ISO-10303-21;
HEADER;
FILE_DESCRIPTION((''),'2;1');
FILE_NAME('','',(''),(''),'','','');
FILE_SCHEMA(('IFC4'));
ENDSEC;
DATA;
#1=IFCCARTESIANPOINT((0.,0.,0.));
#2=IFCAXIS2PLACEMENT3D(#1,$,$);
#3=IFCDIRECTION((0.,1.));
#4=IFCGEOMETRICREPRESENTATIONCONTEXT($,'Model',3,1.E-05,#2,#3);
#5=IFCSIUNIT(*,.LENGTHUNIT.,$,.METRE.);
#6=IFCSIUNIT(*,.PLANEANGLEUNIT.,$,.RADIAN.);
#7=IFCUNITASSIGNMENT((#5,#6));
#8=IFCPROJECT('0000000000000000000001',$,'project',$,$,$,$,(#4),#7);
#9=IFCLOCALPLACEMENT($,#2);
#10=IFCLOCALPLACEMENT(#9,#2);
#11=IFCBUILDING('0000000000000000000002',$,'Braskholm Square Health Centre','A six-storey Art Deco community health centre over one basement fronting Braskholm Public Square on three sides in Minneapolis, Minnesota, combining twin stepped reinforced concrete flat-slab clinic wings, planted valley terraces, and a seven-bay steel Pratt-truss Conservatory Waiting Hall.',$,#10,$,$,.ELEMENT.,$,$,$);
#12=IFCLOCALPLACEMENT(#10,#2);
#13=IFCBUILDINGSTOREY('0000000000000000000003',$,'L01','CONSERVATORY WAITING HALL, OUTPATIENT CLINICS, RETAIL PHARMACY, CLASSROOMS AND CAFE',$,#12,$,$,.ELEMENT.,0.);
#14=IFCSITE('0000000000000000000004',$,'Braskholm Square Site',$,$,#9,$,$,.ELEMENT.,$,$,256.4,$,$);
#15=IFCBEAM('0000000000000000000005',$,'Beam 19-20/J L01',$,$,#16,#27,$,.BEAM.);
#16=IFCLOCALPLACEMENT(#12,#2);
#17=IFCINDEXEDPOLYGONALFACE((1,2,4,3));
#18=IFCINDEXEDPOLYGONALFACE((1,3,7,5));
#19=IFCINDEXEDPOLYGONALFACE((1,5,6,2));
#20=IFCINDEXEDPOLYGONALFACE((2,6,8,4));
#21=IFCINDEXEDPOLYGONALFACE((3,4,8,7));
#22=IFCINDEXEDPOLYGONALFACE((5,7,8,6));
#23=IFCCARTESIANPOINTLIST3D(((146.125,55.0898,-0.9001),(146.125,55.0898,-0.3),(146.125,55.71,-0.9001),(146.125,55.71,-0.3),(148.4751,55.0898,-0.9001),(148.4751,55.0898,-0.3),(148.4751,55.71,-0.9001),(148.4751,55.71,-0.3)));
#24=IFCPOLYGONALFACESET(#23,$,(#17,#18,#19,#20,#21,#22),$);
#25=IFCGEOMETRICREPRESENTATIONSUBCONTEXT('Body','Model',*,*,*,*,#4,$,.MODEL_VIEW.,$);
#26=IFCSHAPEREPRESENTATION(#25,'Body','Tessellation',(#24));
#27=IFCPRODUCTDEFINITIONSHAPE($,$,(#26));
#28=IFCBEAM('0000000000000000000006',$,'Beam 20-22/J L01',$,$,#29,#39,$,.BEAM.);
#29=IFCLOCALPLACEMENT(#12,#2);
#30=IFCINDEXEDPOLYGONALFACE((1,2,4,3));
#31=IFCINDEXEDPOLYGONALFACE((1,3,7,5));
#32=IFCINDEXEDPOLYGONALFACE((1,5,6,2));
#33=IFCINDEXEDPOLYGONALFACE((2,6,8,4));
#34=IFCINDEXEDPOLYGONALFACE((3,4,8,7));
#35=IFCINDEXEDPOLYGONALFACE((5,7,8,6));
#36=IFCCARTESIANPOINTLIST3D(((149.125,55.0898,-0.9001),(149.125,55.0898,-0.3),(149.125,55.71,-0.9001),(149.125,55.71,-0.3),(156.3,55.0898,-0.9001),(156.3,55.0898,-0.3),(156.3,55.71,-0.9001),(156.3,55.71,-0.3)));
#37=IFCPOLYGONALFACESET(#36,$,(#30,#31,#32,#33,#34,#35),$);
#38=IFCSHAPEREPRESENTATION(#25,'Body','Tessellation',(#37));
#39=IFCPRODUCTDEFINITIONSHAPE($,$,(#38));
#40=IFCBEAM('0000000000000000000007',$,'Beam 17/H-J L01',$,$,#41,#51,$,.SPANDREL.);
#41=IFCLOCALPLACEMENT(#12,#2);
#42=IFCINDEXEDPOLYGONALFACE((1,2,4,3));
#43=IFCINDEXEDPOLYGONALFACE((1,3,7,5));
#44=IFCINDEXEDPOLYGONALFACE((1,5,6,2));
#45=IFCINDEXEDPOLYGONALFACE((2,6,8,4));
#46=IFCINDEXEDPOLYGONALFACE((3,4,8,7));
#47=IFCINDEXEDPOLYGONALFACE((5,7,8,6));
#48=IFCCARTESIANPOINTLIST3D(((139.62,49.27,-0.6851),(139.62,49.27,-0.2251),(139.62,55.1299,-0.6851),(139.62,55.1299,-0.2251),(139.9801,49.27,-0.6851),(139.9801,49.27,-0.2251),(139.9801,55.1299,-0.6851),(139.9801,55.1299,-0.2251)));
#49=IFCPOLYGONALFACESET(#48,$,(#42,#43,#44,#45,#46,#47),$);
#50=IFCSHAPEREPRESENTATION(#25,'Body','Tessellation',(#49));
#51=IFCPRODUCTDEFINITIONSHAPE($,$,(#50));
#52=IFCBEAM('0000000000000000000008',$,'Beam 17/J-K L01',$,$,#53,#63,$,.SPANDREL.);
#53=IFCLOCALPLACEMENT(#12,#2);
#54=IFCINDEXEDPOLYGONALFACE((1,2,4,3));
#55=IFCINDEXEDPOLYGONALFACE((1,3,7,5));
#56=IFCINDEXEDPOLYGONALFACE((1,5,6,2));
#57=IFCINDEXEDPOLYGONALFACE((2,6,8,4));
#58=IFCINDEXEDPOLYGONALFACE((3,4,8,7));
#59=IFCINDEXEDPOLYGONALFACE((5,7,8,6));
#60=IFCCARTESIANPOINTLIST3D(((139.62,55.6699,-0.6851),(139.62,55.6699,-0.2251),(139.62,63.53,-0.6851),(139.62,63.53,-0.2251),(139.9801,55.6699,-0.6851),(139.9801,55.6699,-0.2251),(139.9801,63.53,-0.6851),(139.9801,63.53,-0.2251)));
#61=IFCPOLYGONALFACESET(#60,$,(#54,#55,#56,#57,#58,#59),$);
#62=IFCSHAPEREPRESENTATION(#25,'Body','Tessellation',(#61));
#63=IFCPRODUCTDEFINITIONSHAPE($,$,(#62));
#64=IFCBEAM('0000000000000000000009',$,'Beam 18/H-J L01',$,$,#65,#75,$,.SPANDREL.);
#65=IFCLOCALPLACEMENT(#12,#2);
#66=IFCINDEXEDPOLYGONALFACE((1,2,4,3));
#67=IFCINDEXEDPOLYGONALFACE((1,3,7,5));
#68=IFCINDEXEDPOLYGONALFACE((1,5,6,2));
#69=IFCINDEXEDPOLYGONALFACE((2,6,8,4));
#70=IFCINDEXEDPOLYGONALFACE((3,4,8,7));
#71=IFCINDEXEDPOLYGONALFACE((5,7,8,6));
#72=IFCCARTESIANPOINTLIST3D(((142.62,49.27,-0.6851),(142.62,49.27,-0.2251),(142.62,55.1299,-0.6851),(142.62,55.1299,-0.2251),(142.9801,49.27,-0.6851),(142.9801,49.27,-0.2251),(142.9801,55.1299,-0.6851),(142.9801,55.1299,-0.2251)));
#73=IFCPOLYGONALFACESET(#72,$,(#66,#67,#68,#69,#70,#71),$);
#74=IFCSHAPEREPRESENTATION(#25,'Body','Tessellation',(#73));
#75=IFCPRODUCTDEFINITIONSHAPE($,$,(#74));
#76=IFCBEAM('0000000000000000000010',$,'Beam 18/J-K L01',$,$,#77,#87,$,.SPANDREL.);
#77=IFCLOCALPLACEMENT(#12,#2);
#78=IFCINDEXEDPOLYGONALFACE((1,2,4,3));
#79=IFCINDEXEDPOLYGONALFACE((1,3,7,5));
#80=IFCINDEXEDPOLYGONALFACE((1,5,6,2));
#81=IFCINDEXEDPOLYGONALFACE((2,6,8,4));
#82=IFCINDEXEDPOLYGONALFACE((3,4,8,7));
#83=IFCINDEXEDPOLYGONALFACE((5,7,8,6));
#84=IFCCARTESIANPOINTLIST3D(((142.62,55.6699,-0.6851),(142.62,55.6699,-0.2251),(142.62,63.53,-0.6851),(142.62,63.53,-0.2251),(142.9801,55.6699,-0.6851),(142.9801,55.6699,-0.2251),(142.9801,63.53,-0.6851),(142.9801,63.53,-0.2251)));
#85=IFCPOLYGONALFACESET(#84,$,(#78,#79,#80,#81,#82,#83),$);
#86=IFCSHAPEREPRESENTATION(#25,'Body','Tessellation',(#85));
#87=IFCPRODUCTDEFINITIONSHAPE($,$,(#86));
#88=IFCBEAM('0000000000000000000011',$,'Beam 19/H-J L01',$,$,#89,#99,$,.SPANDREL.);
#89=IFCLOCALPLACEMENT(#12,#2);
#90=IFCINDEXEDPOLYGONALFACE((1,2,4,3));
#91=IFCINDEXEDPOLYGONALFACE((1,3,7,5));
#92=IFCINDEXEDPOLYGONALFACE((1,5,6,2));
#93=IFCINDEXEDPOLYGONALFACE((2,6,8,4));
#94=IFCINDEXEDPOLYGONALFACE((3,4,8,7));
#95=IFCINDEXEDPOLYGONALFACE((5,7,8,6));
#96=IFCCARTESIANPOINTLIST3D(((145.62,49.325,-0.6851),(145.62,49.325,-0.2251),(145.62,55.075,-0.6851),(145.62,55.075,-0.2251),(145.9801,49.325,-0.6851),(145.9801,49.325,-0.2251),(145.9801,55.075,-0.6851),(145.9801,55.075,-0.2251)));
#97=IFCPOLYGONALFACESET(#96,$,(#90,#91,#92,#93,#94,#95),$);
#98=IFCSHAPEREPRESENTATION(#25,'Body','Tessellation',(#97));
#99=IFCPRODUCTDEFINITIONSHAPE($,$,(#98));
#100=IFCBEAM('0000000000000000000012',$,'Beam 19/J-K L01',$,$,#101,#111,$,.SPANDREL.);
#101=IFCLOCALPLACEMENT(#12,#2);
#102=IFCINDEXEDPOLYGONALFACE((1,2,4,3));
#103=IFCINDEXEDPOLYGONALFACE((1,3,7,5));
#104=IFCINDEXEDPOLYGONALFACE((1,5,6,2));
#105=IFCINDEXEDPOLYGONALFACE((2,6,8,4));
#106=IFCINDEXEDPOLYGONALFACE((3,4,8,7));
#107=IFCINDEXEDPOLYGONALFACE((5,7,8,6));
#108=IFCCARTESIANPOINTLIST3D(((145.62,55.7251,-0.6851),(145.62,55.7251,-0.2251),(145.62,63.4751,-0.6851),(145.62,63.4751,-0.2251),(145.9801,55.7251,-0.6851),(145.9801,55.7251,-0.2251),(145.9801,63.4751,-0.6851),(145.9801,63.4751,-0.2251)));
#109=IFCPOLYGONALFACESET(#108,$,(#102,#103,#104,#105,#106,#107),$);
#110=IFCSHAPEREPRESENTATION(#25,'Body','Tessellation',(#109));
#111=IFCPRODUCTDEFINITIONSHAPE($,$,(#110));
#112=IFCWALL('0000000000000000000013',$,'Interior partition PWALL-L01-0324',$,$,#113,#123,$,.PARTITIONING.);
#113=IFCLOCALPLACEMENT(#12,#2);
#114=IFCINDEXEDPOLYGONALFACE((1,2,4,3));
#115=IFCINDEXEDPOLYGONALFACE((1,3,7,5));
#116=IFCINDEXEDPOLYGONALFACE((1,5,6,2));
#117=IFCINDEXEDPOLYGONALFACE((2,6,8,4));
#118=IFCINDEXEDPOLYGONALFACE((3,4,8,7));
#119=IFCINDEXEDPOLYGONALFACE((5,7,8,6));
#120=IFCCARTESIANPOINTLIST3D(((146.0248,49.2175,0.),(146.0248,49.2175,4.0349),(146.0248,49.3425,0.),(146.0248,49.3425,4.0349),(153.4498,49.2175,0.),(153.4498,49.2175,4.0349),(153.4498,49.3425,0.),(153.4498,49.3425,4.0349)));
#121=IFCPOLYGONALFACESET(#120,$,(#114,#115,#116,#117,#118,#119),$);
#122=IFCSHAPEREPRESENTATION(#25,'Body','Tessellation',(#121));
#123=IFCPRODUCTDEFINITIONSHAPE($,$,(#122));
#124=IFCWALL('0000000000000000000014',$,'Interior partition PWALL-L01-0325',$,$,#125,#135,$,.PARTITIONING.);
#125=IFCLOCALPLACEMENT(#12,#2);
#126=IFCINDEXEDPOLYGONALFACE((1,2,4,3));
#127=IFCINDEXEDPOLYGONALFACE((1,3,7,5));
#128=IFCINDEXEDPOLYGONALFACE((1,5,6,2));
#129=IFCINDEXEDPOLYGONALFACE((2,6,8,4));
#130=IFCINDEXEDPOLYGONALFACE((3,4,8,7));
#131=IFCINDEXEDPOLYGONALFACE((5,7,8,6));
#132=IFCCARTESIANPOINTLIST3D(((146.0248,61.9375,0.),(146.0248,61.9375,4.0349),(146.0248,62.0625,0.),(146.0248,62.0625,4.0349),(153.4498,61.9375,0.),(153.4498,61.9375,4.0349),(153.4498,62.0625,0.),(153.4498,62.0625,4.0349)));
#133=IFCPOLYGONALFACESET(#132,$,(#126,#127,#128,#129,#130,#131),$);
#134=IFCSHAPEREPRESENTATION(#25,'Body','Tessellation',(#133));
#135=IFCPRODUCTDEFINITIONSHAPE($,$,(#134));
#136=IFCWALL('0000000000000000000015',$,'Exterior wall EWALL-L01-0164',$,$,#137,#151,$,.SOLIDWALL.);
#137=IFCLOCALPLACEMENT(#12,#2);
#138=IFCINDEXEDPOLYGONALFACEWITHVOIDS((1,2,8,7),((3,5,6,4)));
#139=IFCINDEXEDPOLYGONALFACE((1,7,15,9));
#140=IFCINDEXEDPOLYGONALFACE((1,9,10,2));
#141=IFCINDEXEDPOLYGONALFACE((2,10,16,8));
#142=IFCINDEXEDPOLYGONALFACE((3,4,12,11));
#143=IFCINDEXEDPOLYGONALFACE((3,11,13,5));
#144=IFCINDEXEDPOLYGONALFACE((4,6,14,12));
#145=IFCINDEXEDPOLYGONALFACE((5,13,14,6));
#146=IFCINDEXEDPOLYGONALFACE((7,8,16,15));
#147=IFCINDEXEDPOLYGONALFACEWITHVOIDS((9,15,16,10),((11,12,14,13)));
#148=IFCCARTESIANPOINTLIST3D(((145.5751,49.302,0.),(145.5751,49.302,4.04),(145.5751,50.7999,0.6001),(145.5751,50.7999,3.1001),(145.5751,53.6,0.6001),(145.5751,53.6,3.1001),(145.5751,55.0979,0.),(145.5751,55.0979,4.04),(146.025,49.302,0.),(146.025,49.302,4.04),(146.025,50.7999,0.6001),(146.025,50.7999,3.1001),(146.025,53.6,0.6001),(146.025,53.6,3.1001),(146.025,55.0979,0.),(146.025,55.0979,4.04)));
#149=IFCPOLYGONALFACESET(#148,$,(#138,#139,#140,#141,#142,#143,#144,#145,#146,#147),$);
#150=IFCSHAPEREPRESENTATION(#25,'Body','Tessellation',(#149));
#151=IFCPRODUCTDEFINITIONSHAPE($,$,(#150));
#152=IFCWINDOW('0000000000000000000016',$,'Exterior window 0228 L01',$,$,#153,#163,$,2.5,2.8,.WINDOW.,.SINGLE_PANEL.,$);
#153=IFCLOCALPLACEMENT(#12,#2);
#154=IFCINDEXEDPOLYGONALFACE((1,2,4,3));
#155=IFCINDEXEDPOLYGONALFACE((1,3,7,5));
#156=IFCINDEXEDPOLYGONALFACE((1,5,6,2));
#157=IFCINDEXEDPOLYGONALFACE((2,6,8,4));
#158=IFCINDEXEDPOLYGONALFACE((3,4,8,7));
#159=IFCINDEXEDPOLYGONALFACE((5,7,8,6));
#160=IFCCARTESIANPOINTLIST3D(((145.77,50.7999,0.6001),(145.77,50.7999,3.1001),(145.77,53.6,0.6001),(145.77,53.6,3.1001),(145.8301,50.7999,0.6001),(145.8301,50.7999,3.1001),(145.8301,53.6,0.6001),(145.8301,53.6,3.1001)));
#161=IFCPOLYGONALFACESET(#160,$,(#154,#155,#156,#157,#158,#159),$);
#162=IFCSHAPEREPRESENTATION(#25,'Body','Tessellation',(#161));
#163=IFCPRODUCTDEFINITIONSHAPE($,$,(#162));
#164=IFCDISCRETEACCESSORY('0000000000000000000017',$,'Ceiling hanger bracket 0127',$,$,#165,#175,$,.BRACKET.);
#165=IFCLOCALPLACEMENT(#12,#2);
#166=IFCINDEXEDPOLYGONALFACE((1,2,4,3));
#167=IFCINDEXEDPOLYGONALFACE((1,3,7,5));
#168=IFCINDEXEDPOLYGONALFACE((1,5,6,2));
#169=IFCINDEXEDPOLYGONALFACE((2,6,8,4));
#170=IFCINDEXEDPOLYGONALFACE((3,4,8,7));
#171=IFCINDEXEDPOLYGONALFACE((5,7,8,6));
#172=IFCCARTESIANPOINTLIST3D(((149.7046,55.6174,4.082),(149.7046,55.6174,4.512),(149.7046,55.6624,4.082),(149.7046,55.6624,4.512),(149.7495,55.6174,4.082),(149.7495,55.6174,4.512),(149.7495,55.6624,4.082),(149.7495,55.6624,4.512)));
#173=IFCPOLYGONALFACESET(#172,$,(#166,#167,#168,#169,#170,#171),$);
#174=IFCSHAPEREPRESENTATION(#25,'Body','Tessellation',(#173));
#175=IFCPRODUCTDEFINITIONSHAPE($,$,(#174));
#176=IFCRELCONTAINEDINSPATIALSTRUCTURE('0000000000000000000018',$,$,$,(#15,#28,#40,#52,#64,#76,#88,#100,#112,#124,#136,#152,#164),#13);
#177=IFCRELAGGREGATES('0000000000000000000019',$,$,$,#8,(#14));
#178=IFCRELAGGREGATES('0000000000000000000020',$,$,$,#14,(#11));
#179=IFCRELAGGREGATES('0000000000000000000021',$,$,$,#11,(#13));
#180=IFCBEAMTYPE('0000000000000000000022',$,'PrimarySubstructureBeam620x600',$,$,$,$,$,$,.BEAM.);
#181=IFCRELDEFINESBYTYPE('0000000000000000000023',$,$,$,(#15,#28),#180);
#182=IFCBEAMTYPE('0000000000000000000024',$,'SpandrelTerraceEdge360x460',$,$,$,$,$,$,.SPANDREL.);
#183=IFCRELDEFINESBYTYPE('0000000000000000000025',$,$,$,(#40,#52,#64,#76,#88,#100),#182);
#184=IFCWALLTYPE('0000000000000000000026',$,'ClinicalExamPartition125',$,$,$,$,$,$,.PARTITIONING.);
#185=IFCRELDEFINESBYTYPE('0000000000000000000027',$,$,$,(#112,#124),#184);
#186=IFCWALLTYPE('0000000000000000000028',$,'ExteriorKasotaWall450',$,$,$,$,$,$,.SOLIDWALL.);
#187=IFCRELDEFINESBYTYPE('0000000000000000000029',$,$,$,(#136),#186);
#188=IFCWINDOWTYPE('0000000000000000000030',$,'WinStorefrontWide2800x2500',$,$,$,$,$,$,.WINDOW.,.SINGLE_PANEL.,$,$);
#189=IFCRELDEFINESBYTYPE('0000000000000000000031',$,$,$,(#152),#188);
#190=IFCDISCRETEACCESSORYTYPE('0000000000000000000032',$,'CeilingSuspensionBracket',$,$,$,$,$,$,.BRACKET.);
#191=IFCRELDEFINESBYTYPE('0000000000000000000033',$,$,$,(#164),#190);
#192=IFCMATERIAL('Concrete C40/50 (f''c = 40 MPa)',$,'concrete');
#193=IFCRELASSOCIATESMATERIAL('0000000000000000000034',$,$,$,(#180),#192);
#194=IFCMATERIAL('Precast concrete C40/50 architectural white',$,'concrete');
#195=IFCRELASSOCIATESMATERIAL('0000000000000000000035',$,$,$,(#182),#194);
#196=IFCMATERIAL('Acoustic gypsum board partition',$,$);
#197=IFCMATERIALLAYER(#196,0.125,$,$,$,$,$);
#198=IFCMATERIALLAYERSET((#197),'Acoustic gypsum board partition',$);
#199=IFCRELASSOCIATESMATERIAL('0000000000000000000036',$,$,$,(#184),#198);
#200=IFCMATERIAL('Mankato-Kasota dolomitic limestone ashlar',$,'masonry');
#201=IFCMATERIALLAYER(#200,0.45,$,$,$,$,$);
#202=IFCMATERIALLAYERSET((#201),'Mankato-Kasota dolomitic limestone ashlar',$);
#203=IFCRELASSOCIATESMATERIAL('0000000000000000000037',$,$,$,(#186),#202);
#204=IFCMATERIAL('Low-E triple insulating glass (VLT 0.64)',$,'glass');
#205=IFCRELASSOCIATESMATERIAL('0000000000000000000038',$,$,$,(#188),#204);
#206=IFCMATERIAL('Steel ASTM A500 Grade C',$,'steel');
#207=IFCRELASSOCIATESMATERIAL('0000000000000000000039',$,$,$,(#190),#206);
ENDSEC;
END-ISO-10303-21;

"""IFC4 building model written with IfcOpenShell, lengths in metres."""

from ifc_helpers import new_model, si_unit, direction, frame, frame_2d, origin, origin_with_axes, origin_2d, place, context, subcontext, project, spatial, rectangle, extrude, material, layer, layer_set, material_profile, profile_set, type_object, element, fill, save


model = new_model("IFC4")

# Units and contexts
model_context = context("Model", 3, precision=1e-05, world=origin(), true_north=direction((0.0, 1.0)))
body_context = subcontext(model_context, "Body", "Model", "MODEL_VIEW")
ifc_project = project(units=[si_unit("LENGTHUNIT", "METRE"), si_unit("PLANEANGLEUNIT", "RADIAN")], contexts=[model_context])

# Site, building, storey
site_placement = place(None, origin())
site = spatial("IfcSite", under=ifc_project, at=site_placement, Name="Braskholm Square Site", CompositionType="ELEMENT", RefElevation=256.4)
building_placement = place(site_placement, origin())
building = spatial("IfcBuilding", under=site, at=building_placement, Name="Braskholm Square Health Centre", Description="A six-storey Art Deco community health centre over one basement fronting Braskholm Public Square on three sides in Minneapolis, Minnesota, combining twin stepped reinforced concrete flat-slab clinic wings, planted valley terraces, and a seven-bay steel Pratt-truss Conservatory Waiting Hall.", CompositionType="ELEMENT")
storey_placement = place(building_placement, origin())
storey = spatial("IfcBuildingStorey", under=building, at=storey_placement, Name="L01", Description="CONSERVATORY WAITING HALL, OUTPATIENT CLINICS, RETAIL PHARMACY, CLASSROOMS AND CAFE", CompositionType="ELEMENT", Elevation=0.0)

# Shared definitions
ifc_material_1 = material(Name="Concrete C40/50 (f'c = 40 MPa)", Category="concrete")
ifc_material_2 = material(Name="Precast concrete C40/50 architectural white", Category="concrete")

# Beams
ifc_material_profile_1 = material_profile(ifc_material_1, rectangle(XDim=0.6201, YDim=0.6001, at=origin_2d()), Name="RCB-620X600")
ifc_profile_set_1 = profile_set([ifc_material_profile_1], Name="Concrete C40/50 (f'c = 40 MPa)")
beam_type_1 = type_object("IfcBeamType", Name="PrimarySubstructureBeam620x600", PredefinedType="BEAM", material=ifc_profile_set_1)
beam_1_placement = place(storey_placement, frame((146.125, 55.3999, -0.6001), z_axis=(1.0, 0.0, 0.0), x_axis=(0.0, 1.0, 0.0)))
element("IfcBeam", 1, at=beam_1_placement, inside=storey, type_object=beam_type_1, Name="Beam 19-20/J L01", PredefinedType="BEAM", context=body_context, shape_type="SweptSolid", body=[
    extrude(rectangle(XDim=0.6201, YDim=0.6001, at=origin_2d()), origin(), (0.0, 0.0, 1.0), 2.3501),
])
beam_2_placement = place(storey_placement, frame((149.125, 55.3999, -0.6001), z_axis=(1.0, 0.0, 0.0), x_axis=(0.0, 1.0, 0.0)))
element("IfcBeam", 2, at=beam_2_placement, inside=storey, type_object=beam_type_1, Name="Beam 20-22/J L01", PredefinedType="BEAM", context=body_context, shape_type="SweptSolid", body=[
    extrude(rectangle(XDim=0.6201, YDim=0.6001, at=origin_2d()), origin(), (0.0, 0.0, 1.0), 7.175),
])
ifc_material_profile_2 = material_profile(ifc_material_2, rectangle(XDim=0.3601, YDim=0.46, at=origin_2d()), Name="RCB-360X460")
ifc_profile_set_2 = profile_set([ifc_material_profile_2], Name="Precast concrete C40/50 architectural white")
beam_type_2 = type_object("IfcBeamType", Name="SpandrelTerraceEdge360x460", PredefinedType="SPANDREL", material=ifc_profile_set_2)
beam_3_placement = place(storey_placement, frame((139.8, 49.27, -0.4551), z_axis=(0.0, 1.0, 0.0), x_axis=(-1.0, 0.0, 0.0)))
element("IfcBeam", 3, at=beam_3_placement, inside=storey, type_object=beam_type_2, Name="Beam 17/H-J L01", PredefinedType="SPANDREL", context=body_context, shape_type="SweptSolid", body=[
    extrude(rectangle(XDim=0.3601, YDim=0.46, at=origin_2d()), origin(), (0.0, 0.0, 1.0), 5.8599),
])
beam_4_placement = place(storey_placement, frame((139.8, 55.6699, -0.4551), z_axis=(0.0, 1.0, 0.0), x_axis=(-1.0, 0.0, 0.0)))
element("IfcBeam", 4, at=beam_4_placement, inside=storey, type_object=beam_type_2, Name="Beam 17/J-K L01", PredefinedType="SPANDREL", context=body_context, shape_type="SweptSolid", body=[
    extrude(rectangle(XDim=0.3601, YDim=0.46, at=origin_2d()), origin(), (0.0, 0.0, 1.0), 7.8601),
])
beam_5_placement = place(storey_placement, frame((142.8, 49.27, -0.4551), z_axis=(0.0, 1.0, 0.0), x_axis=(-1.0, 0.0, 0.0)))
element("IfcBeam", 5, at=beam_5_placement, inside=storey, type_object=beam_type_2, Name="Beam 18/H-J L01", PredefinedType="SPANDREL", context=body_context, shape_type="SweptSolid", body=[
    extrude(rectangle(XDim=0.3601, YDim=0.46, at=origin_2d()), origin(), (0.0, 0.0, 1.0), 5.8599),
])
beam_6_placement = place(storey_placement, frame((142.8, 55.6699, -0.4551), z_axis=(0.0, 1.0, 0.0), x_axis=(-1.0, 0.0, 0.0)))
element("IfcBeam", 6, at=beam_6_placement, inside=storey, type_object=beam_type_2, Name="Beam 18/J-K L01", PredefinedType="SPANDREL", context=body_context, shape_type="SweptSolid", body=[
    extrude(rectangle(XDim=0.3601, YDim=0.46, at=origin_2d()), origin(), (0.0, 0.0, 1.0), 7.8601),
])
beam_7_placement = place(storey_placement, frame((145.8, 49.325, -0.4551), z_axis=(0.0, 1.0, 0.0), x_axis=(-1.0, 0.0, 0.0)))
element("IfcBeam", 7, at=beam_7_placement, inside=storey, type_object=beam_type_2, Name="Beam 19/H-J L01", PredefinedType="SPANDREL", context=body_context, shape_type="SweptSolid", body=[
    extrude(rectangle(XDim=0.3601, YDim=0.46, at=origin_2d()), origin(), (0.0, 0.0, 1.0), 5.75),
])
beam_8_placement = place(storey_placement, frame((145.8, 55.7251, -0.4551), z_axis=(0.0, 1.0, 0.0), x_axis=(-1.0, 0.0, 0.0)))
element("IfcBeam", 8, at=beam_8_placement, inside=storey, type_object=beam_type_2, Name="Beam 19/J-K L01", PredefinedType="SPANDREL", context=body_context, shape_type="SweptSolid", body=[
    extrude(rectangle(XDim=0.3601, YDim=0.46, at=origin_2d()), origin(), (0.0, 0.0, 1.0), 7.75),
])

# Walls
ifc_material_3 = material(Name="Acoustic gypsum board partition")
ifc_layer_1 = layer(ifc_material_3, 0.125)
ifc_layer_set_1 = layer_set([ifc_layer_1], Name="Acoustic gypsum board partition")
wall_type_1 = type_object("IfcWallType", Name="ClinicalExamPartition125", PredefinedType="PARTITIONING", material=ifc_layer_set_1)
for number, where, z_axis, x_axis, name in (
    (9, (146.0249, 49.28, 0.0), (0.0, 0.0, 1.0), (1.0, 0.0, 0.0), "Interior partition PWALL-L01-0324"),
    (10, (146.0249, 62.0, 0.0), (0.0, 0.0, 1.0), (1.0, 0.0, 0.0), "Interior partition PWALL-L01-0325"),
):
    element("IfcWall", number, at=place(storey_placement, frame(where, z_axis=z_axis, x_axis=x_axis)), inside=storey, type_object=wall_type_1, Name=name, PredefinedType="PARTITIONING", context=body_context, shape_type="SweptSolid", body=[
        extrude(rectangle(XDim=7.425, YDim=0.125, at=frame_2d((3.7124, 0.0))), origin(), (0.0, 0.0, 1.0), 4.0349),
    ])

# Wall, opening, window
ifc_material_4 = material(Name="Mankato-Kasota dolomitic limestone ashlar", Category="masonry")
ifc_layer_2 = layer(ifc_material_4, 0.45)
ifc_layer_set_2 = layer_set([ifc_layer_2], Name="Mankato-Kasota dolomitic limestone ashlar")
wall_type_2 = type_object("IfcWallType", Name="ExteriorKasotaWall450", PredefinedType="SOLIDWALL", material=ifc_layer_set_2)
wall_placement = place(storey_placement, frame((145.8, 55.0979, 0.0), z_axis=(0.0, 0.0, 1.0), x_axis=(0.0, -1.0, 0.0)))
wall = element("IfcWall", 11, at=wall_placement, inside=storey, type_object=wall_type_2, Name="Exterior wall EWALL-L01-0164", PredefinedType="SOLIDWALL", context=body_context, shape_type="SweptSolid", body=[
    extrude(rectangle(XDim=5.7959, YDim=0.45, at=frame_2d((2.8979, 0.0))), origin(), (0.0, 0.0, 1.0), 4.04),
])
opening_placement = place(wall_placement, frame((1.498, 0.0, 0.6001)))
opening = element("IfcOpeningElement", 12, at=opening_placement, cuts=wall, PredefinedType="OPENING", context=body_context, shape_type="SweptSolid", body=[
    extrude(rectangle(XDim=2.8, YDim=2.5, at=frame_2d((1.3999, 1.25))), frame((0.0, 0.2349, 0.0), z_axis=(0.0, -1.0, 0.0), x_axis=(1.0, 0.0, 0.0)), (0.0, 0.0, 1.0), 0.47),
])
ifc_material_5 = material(Name="Low-E triple insulating glass (VLT 0.64)", Category="glass")
window_type = type_object("IfcWindowType", Name="WinStorefrontWide2800x2500", PartitioningType="SINGLE_PANEL", PredefinedType="WINDOW", material=ifc_material_5)
window_placement = place(opening_placement, origin_with_axes())
window = element("IfcWindow", 13, at=window_placement, inside=storey, type_object=window_type, Name="Exterior window 0228 L01", OverallHeight=2.5, OverallWidth=2.8, PartitioningType="SINGLE_PANEL", PredefinedType="WINDOW", context=body_context, shape_type="SweptSolid", body=[
    extrude(rectangle(XDim=2.8, YDim=2.5, at=frame_2d((1.3999, 1.25))), frame((0.0, 0.03, 0.0), z_axis=(0.0, -1.0, 0.0), x_axis=(1.0, 0.0, 0.0)), (0.0, 0.0, 1.0), 0.0601),
])
fill(opening, window)

# Discrete accessory
ifc_material_6 = material(Name="Steel ASTM A500 Grade C", Category="steel")
discrete_accessory_type = type_object("IfcDiscreteAccessoryType", Name="CeilingSuspensionBracket", PredefinedType="BRACKET", material=ifc_material_6)
discrete_accessory_placement = place(storey_placement, frame((149.7271, 55.6399, 4.082), z_axis=(0.0, 0.0, 1.0), x_axis=(1.0, 0.0, 0.0)))
element("IfcDiscreteAccessory", 14, at=discrete_accessory_placement, inside=storey, type_object=discrete_accessory_type, Name="Ceiling hanger bracket 0127", PredefinedType="BRACKET", context=body_context, shape_type="SweptSolid", body=[
    extrude(rectangle(XDim=0.0449, YDim=0.0449, at=origin_2d()), origin(), (0.0, 0.0, 1.0), 0.4299),
])

save(model, "model.ifc")
